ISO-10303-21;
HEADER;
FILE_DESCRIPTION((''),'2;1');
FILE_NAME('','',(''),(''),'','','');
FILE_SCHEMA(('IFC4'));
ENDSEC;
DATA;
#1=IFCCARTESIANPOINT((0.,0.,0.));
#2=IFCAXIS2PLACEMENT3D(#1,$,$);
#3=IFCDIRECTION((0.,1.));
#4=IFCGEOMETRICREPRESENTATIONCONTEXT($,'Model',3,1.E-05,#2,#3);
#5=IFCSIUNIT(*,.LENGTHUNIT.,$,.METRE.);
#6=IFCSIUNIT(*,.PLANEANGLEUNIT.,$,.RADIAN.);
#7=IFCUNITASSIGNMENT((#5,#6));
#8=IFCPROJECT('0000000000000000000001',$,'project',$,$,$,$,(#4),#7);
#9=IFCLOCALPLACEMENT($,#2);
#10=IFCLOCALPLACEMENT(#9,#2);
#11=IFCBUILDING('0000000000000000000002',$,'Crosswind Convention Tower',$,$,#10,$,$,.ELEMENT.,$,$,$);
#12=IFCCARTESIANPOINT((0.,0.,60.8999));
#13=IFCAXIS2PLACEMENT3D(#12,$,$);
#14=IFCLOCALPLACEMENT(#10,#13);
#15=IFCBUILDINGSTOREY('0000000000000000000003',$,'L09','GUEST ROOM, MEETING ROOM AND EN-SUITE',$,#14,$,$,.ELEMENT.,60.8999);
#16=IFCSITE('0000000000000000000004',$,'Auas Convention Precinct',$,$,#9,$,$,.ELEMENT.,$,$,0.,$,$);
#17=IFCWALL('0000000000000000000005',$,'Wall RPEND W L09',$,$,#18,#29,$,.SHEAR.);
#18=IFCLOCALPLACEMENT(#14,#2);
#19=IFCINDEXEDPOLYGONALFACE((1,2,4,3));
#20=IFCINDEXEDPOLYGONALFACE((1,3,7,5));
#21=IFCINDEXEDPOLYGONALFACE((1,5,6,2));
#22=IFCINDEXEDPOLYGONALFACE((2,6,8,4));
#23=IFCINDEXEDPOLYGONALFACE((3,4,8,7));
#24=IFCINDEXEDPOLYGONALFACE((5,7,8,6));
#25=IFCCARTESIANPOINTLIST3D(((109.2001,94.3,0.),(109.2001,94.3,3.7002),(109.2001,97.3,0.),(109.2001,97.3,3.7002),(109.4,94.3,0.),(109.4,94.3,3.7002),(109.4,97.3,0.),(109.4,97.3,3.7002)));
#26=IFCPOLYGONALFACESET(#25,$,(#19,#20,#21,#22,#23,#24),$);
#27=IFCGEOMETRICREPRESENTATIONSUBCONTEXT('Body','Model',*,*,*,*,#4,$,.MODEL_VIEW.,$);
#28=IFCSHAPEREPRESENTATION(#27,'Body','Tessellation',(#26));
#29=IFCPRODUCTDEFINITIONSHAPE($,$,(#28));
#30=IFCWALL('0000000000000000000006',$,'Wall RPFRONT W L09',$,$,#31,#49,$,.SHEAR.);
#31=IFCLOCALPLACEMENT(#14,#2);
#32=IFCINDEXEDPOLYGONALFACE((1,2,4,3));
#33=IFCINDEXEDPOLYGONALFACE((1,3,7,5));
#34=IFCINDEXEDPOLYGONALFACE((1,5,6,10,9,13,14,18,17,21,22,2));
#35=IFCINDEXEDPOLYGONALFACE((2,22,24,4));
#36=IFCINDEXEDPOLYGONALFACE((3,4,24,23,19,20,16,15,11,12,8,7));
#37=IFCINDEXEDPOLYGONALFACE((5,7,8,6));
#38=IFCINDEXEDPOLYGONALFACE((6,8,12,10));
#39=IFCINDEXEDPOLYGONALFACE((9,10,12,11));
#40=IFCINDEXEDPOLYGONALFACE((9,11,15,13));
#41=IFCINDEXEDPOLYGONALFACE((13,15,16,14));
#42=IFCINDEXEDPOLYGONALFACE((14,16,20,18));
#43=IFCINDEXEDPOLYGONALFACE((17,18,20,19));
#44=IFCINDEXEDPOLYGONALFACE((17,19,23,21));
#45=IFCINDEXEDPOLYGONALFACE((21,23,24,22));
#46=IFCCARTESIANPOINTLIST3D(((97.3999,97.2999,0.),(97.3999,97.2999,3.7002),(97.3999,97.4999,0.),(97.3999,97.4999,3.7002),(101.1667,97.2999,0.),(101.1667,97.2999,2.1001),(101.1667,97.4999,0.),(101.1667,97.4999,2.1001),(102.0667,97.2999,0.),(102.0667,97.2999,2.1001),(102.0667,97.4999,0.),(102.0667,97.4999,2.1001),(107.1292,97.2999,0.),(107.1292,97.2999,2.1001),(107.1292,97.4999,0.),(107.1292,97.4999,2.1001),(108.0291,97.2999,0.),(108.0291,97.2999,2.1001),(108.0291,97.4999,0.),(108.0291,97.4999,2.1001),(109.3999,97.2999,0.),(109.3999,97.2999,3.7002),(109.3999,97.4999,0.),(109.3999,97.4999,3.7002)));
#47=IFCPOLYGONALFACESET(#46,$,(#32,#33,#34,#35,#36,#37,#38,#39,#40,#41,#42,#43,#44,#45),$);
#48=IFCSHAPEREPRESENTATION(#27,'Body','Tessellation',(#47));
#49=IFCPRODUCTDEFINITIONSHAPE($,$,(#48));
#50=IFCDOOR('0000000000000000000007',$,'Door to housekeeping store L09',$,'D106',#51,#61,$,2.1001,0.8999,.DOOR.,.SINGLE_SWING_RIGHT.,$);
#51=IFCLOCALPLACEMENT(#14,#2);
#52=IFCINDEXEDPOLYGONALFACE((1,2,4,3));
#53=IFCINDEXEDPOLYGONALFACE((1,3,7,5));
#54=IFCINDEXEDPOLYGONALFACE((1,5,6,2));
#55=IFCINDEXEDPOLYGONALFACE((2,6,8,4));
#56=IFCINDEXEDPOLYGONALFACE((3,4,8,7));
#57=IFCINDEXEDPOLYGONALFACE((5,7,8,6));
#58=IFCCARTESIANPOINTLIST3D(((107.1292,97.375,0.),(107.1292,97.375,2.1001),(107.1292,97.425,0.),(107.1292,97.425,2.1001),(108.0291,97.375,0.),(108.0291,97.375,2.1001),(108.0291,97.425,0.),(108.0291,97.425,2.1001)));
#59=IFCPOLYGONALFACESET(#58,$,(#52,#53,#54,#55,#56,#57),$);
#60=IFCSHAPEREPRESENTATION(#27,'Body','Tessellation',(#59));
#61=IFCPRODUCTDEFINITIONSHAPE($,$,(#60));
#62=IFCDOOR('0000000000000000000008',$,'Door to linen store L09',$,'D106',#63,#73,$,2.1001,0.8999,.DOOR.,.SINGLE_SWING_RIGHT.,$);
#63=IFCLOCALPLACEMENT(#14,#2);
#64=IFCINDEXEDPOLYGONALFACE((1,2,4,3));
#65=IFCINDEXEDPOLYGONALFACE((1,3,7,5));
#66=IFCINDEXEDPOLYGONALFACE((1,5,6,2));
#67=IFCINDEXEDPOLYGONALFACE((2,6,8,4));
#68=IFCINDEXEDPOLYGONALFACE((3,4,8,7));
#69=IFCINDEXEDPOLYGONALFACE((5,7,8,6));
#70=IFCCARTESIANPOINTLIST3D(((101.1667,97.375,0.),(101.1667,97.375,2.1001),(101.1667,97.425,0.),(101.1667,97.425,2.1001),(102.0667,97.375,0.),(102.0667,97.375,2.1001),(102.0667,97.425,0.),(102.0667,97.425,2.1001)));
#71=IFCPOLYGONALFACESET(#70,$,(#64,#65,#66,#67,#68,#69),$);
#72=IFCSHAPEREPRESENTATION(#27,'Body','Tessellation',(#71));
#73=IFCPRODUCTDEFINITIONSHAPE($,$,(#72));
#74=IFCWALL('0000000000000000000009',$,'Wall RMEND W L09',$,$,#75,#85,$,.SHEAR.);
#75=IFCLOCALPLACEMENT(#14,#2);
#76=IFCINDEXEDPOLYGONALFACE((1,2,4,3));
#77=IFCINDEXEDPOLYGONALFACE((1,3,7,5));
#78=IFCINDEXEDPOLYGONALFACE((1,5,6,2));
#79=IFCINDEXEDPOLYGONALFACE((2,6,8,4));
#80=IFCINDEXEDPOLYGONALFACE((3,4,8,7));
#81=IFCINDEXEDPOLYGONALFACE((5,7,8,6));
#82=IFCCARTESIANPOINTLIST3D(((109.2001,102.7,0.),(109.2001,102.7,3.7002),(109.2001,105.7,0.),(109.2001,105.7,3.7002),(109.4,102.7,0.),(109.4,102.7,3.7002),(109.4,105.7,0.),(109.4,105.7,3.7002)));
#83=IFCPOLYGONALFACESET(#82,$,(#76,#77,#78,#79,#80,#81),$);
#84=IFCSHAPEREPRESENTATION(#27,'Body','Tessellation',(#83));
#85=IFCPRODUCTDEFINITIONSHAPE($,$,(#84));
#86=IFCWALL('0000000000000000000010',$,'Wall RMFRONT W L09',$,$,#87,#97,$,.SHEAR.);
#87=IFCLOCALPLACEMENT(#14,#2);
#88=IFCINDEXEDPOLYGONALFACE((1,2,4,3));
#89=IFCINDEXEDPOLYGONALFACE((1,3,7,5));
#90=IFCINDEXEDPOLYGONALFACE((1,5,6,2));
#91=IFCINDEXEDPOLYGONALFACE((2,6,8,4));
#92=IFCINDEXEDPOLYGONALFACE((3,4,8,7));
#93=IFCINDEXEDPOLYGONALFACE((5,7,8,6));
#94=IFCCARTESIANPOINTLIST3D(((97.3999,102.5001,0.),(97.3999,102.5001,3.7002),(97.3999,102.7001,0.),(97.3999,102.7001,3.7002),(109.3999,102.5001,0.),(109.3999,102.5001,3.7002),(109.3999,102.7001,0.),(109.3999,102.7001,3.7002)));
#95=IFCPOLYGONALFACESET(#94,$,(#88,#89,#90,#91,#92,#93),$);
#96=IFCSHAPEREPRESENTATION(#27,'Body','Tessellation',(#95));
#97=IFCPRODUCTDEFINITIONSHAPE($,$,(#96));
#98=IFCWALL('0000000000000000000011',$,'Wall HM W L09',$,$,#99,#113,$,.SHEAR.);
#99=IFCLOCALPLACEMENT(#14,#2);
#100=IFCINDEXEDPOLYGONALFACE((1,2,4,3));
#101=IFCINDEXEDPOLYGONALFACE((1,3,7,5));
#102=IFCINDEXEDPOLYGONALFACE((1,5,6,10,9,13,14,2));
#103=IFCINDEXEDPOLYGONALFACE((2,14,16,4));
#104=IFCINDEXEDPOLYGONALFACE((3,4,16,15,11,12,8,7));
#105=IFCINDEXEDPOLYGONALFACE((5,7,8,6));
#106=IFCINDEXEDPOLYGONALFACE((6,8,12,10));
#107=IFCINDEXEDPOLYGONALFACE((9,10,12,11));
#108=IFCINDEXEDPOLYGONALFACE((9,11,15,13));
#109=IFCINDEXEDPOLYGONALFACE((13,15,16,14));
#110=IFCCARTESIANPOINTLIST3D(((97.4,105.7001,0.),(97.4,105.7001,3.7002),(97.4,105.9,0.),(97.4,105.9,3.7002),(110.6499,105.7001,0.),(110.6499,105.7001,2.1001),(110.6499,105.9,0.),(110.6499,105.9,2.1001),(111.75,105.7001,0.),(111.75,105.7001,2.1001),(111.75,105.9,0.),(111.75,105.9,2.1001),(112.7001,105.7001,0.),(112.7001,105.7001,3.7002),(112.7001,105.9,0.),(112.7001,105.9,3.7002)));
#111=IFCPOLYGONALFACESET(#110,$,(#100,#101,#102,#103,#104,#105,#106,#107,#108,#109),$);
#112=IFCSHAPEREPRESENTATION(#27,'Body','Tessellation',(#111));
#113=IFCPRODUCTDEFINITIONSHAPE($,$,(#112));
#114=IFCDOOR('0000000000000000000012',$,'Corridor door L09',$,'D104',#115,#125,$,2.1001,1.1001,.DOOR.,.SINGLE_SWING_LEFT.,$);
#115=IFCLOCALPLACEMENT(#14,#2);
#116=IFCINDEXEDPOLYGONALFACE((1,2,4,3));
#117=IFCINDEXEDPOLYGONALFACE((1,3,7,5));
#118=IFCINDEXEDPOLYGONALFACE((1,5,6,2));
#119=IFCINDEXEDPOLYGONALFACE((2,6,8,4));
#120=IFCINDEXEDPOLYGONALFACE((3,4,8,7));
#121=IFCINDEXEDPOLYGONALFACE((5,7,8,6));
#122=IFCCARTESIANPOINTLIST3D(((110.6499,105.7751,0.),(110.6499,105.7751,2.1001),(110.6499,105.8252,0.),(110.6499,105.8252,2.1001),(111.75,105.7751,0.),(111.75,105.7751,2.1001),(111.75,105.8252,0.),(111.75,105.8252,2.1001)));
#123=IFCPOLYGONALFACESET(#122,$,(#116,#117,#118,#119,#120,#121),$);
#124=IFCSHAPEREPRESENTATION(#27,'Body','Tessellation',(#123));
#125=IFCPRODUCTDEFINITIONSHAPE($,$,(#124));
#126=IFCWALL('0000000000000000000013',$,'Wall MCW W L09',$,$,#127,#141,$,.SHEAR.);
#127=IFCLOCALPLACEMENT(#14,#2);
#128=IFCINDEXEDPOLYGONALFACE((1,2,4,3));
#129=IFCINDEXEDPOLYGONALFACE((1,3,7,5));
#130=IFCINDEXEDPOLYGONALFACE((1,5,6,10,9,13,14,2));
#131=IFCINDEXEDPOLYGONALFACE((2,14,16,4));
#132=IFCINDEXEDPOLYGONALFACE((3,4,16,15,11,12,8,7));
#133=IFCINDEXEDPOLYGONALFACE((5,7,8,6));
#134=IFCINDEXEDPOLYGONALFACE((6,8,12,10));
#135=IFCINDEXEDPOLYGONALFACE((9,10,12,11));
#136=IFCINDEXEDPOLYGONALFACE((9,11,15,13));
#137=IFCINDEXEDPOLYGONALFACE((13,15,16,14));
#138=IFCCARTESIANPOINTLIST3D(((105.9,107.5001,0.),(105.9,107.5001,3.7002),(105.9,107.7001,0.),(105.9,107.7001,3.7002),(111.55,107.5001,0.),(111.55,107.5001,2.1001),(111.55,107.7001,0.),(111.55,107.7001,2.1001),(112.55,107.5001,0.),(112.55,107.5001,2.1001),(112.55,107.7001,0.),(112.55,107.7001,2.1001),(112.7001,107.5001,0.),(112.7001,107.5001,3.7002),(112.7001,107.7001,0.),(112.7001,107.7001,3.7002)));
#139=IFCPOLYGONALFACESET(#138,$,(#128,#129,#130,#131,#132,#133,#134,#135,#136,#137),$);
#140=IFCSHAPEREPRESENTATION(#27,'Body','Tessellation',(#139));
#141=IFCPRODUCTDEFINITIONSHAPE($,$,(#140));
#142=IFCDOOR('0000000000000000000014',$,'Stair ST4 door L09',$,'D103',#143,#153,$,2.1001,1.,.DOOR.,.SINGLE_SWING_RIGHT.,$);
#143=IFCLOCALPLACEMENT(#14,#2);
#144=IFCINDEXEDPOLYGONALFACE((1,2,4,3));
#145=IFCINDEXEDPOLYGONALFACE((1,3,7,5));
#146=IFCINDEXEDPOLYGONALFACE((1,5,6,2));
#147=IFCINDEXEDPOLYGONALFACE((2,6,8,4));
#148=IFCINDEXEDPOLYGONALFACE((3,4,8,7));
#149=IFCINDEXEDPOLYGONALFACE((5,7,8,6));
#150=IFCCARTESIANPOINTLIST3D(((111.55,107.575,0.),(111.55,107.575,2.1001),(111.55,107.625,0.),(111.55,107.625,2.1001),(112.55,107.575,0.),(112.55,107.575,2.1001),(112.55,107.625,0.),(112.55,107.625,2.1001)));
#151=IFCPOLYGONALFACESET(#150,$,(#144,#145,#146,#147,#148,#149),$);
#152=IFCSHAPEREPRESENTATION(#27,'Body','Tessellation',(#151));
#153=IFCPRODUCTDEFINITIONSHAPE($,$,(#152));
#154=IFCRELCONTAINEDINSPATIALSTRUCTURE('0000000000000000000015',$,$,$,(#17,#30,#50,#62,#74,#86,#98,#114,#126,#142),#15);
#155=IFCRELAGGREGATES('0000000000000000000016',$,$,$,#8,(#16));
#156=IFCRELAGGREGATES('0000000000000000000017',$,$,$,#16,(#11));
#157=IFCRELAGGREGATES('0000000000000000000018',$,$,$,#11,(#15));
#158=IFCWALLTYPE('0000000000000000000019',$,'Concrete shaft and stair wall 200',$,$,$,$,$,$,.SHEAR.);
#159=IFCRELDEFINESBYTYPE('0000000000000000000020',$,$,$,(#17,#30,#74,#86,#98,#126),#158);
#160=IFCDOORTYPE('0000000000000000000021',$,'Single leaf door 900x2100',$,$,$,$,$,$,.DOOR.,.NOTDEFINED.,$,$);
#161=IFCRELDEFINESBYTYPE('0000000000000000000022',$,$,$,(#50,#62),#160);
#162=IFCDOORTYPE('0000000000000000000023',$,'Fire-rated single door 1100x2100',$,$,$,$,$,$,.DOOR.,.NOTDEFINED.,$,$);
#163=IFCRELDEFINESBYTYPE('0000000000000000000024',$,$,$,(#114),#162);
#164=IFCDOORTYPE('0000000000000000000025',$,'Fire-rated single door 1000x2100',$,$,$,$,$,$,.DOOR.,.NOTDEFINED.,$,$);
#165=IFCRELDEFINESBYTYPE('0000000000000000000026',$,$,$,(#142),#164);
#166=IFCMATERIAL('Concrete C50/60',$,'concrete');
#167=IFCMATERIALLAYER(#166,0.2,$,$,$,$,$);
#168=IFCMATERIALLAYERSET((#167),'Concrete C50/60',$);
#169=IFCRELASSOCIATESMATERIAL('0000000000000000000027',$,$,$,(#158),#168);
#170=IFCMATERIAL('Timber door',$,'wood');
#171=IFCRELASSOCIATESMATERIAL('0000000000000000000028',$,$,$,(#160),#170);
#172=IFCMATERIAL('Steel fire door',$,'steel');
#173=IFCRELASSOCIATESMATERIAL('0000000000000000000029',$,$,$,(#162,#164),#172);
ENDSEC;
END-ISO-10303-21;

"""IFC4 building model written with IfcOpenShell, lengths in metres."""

from ifc_helpers import new_model, si_unit, direction, frame, frame_2d, origin, place, context, subcontext, project, spatial, rectangle, extrude, material, layer, layer_set, type_object, element, fill, save


model = new_model("IFC4")

# Units and contexts
model_context = context("Model", 3, precision=1e-05, world=origin(), true_north=direction((0.0, 1.0)))
body_context = subcontext(model_context, "Body", "Model", "MODEL_VIEW")
ifc_project = project(units=[si_unit("LENGTHUNIT", "METRE"), si_unit("PLANEANGLEUNIT", "RADIAN")], contexts=[model_context])

# Site, building, storey
site_placement = place(None, origin())
site = spatial("IfcSite", under=ifc_project, at=site_placement, Name="Auas Convention Precinct", CompositionType="ELEMENT", RefElevation=0.0)
building_placement = place(site_placement, origin())
building = spatial("IfcBuilding", under=site, at=building_placement, Name="Crosswind Convention Tower", CompositionType="ELEMENT")
storey_placement = place(building_placement, frame((0.0, 0.0, 60.8999)))
storey = spatial("IfcBuildingStorey", under=building, at=storey_placement, Name="L09", Description="GUEST ROOM, MEETING ROOM AND EN-SUITE", CompositionType="ELEMENT", Elevation=60.8999)

# Shared definitions
ifc_material_1 = material(Name="Concrete C50/60", Category="concrete")

# Wall
ifc_layer_1 = layer(ifc_material_1, 0.2)
ifc_layer_set_1 = layer_set([ifc_layer_1], Name="Concrete C50/60")
wall_type_1 = type_object("IfcWallType", Name="Concrete shaft and stair wall 200", PredefinedType="SHEAR", material=ifc_layer_set_1)
wall_1_placement = place(storey_placement, frame((109.3, 97.3, 0.0), z_axis=(0.0, 0.0, 1.0), x_axis=(0.0, -1.0, 0.0)))
element("IfcWall", 1, at=wall_1_placement, inside=storey, type_object=wall_type_1, Name="Wall RPEND W L09", PredefinedType="SHEAR", context=body_context, shape_type="SweptSolid", body=[
    extrude(rectangle(XDim=3.0, YDim=0.2, at=frame_2d((1.5, 0.0))), origin(), (0.0, 0.0, 1.0), 3.7002),
])

# Wall, openings, doors
wall_2_placement = place(storey_placement, frame((109.3999, 97.3999, 0.0), z_axis=(0.0, 0.0, 1.0), x_axis=(-1.0, 0.0, 0.0)))
wall_2 = element("IfcWall", 2, at=wall_2_placement, inside=storey, type_object=wall_type_1, Name="Wall RPFRONT W L09", PredefinedType="SHEAR", context=body_context, shape_type="SweptSolid", body=[
    extrude(rectangle(XDim=12.0, YDim=0.2, at=frame_2d((6.0, 0.0))), origin(), (0.0, 0.0, 1.0), 3.7002),
])
opening_1_placement = place(wall_2_placement, frame((1.3708, 0.0, 0.0)))
opening_1 = element("IfcOpeningElement", 3, at=opening_1_placement, cuts=wall_2, PredefinedType="OPENING", context=body_context, shape_type="SweptSolid", body=[
    extrude(rectangle(XDim=0.8999, YDim=2.1001, at=frame_2d((0.45, 1.05))), frame((0.0, 0.1099, 0.0), z_axis=(0.0, -1.0, 0.0), x_axis=(1.0, 0.0, 0.0)), (0.0, 0.0, 1.0), 0.22),
])
opening_2_placement = place(wall_2_placement, frame((7.3333, 0.0, 0.0)))
opening_2 = element("IfcOpeningElement", 4, at=opening_2_placement, cuts=wall_2, PredefinedType="OPENING", context=body_context, shape_type="SweptSolid", body=[
    extrude(rectangle(XDim=0.8999, YDim=2.1001, at=frame_2d((0.45, 1.05))), frame((0.0, 0.1099, 0.0), z_axis=(0.0, -1.0, 0.0), x_axis=(1.0, 0.0, 0.0)), (0.0, 0.0, 1.0), 0.22),
])
ifc_material_2 = material(Name="Timber door", Category="wood")
door_type_1 = type_object("IfcDoorType", Name="Single leaf door 900x2100", OperationType="NOTDEFINED", PredefinedType="DOOR", material=ifc_material_2)
door_1_placement = place(opening_1_placement, origin())
door_1 = element("IfcDoor", 5, at=door_1_placement, inside=storey, type_object=door_type_1, Name="Door to housekeeping store L09", ObjectType="D106", OperationType="SINGLE_SWING_RIGHT", OverallHeight=2.1001, OverallWidth=0.8999, PredefinedType="DOOR", context=body_context, shape_type="SweptSolid", body=[
    extrude(rectangle(XDim=0.8999, YDim=2.1001, at=frame_2d((0.45, 1.05))), frame((0.0, 0.0249, 0.0), z_axis=(0.0, -1.0, 0.0), x_axis=(1.0, 0.0, 0.0)), (0.0, 0.0, 1.0), 0.05),
])
fill(opening_1, door_1)
door_2_placement = place(opening_2_placement, origin())
door_2 = element("IfcDoor", 6, at=door_2_placement, inside=storey, type_object=door_type_1, Name="Door to linen store L09", ObjectType="D106", OperationType="SINGLE_SWING_RIGHT", OverallHeight=2.1001, OverallWidth=0.8999, PredefinedType="DOOR", context=body_context, shape_type="SweptSolid", body=[
    extrude(rectangle(XDim=0.8999, YDim=2.1001, at=frame_2d((0.45, 1.05))), frame((0.0, 0.0249, 0.0), z_axis=(0.0, -1.0, 0.0), x_axis=(1.0, 0.0, 0.0)), (0.0, 0.0, 1.0), 0.05),
])
fill(opening_2, door_2)

# Walls
wall_3_placement = place(storey_placement, frame((109.3, 105.7, 0.0), z_axis=(0.0, 0.0, 1.0), x_axis=(0.0, -1.0, 0.0)))
element("IfcWall", 7, at=wall_3_placement, inside=storey, type_object=wall_type_1, Name="Wall RMEND W L09", PredefinedType="SHEAR", context=body_context, shape_type="SweptSolid", body=[
    extrude(rectangle(XDim=3.0, YDim=0.2, at=frame_2d((1.5, 0.0))), origin(), (0.0, 0.0, 1.0), 3.7002),
])
wall_4_placement = place(storey_placement, frame((109.3999, 102.6001, 0.0), z_axis=(0.0, 0.0, 1.0), x_axis=(-1.0, 0.0, 0.0)))
element("IfcWall", 8, at=wall_4_placement, inside=storey, type_object=wall_type_1, Name="Wall RMFRONT W L09", PredefinedType="SHEAR", context=body_context, shape_type="SweptSolid", body=[
    extrude(rectangle(XDim=12.0, YDim=0.2, at=frame_2d((6.0, 0.0))), origin(), (0.0, 0.0, 1.0), 3.7002),
])

# Walls, openings, doors
wall_5_placement = place(storey_placement, frame((112.7, 105.8, 0.0), z_axis=(0.0, 0.0, 1.0), x_axis=(-1.0, 0.0, 0.0)))
wall_5 = element("IfcWall", 9, at=wall_5_placement, inside=storey, type_object=wall_type_1, Name="Wall HM W L09", PredefinedType="SHEAR", context=body_context, shape_type="SweptSolid", body=[
    extrude(rectangle(XDim=15.3, YDim=0.2, at=frame_2d((7.6499, 0.0))), origin(), (0.0, 0.0, 1.0), 3.7002),
])
opening_3_placement = place(wall_5_placement, frame((0.95, 0.0, 0.0)))
opening_3 = element("IfcOpeningElement", 10, at=opening_3_placement, cuts=wall_5, PredefinedType="OPENING", context=body_context, shape_type="SweptSolid", body=[
    extrude(rectangle(XDim=1.1001, YDim=2.1001, at=frame_2d((0.55, 1.05))), frame((0.0, 0.1099, 0.0), z_axis=(0.0, -1.0, 0.0), x_axis=(1.0, 0.0, 0.0)), (0.0, 0.0, 1.0), 0.22),
])
ifc_material_3 = material(Name="Steel fire door", Category="steel")
door_type_2 = type_object("IfcDoorType", Name="Fire-rated single door 1100x2100", OperationType="NOTDEFINED", PredefinedType="DOOR", material=ifc_material_3)
door_3_placement = place(opening_3_placement, origin())
door_3 = element("IfcDoor", 11, at=door_3_placement, inside=storey, type_object=door_type_2, Name="Corridor door L09", ObjectType="D104", OperationType="SINGLE_SWING_LEFT", OverallHeight=2.1001, OverallWidth=1.1001, PredefinedType="DOOR", context=body_context, shape_type="SweptSolid", body=[
    extrude(rectangle(XDim=1.1001, YDim=2.1001, at=frame_2d((0.55, 1.05))), frame((0.0, 0.0249, 0.0), z_axis=(0.0, -1.0, 0.0), x_axis=(1.0, 0.0, 0.0)), (0.0, 0.0, 1.0), 0.05),
])
fill(opening_3, door_3)
wall_6_placement = place(storey_placement, frame((112.7, 107.6001, 0.0), z_axis=(0.0, 0.0, 1.0), x_axis=(-1.0, 0.0, 0.0)))
wall_6 = element("IfcWall", 12, at=wall_6_placement, inside=storey, type_object=wall_type_1, Name="Wall MCW W L09", PredefinedType="SHEAR", context=body_context, shape_type="SweptSolid", body=[
    extrude(rectangle(XDim=6.8, YDim=0.2, at=frame_2d((3.3999, 0.0))), origin(), (0.0, 0.0, 1.0), 3.7002),
])
opening_4_placement = place(wall_6_placement, frame((0.1499, 0.0, 0.0)))
opening_4 = element("IfcOpeningElement", 13, at=opening_4_placement, cuts=wall_6, PredefinedType="OPENING", context=body_context, shape_type="SweptSolid", body=[
    extrude(rectangle(XDim=1.0, YDim=2.1001, at=frame_2d((0.5, 1.05))), frame((0.0, 0.1099, 0.0), z_axis=(0.0, -1.0, 0.0), x_axis=(1.0, 0.0, 0.0)), (0.0, 0.0, 1.0), 0.22),
])
door_type_3 = type_object("IfcDoorType", Name="Fire-rated single door 1000x2100", OperationType="NOTDEFINED", PredefinedType="DOOR", material=ifc_material_3)
door_4_placement = place(opening_4_placement, frame((1.0, 0.0, 0.0), z_axis=(0.0, 0.0, 1.0), x_axis=(-1.0, 0.0, 0.0)))
door_4 = element("IfcDoor", 14, at=door_4_placement, inside=storey, type_object=door_type_3, Name="Stair ST4 door L09", ObjectType="D103", OperationType="SINGLE_SWING_RIGHT", OverallHeight=2.1001, OverallWidth=1.0, PredefinedType="DOOR", context=body_context, shape_type="SweptSolid", body=[
    extrude(rectangle(XDim=1.0, YDim=2.1001, at=frame_2d((0.5, 1.05))), frame((0.0, 0.0249, 0.0), z_axis=(0.0, -1.0, 0.0), x_axis=(1.0, 0.0, 0.0)), (0.0, 0.0, 1.0), 0.05),
])
fill(opening_4, door_4)

save(model, "model.ifc")
